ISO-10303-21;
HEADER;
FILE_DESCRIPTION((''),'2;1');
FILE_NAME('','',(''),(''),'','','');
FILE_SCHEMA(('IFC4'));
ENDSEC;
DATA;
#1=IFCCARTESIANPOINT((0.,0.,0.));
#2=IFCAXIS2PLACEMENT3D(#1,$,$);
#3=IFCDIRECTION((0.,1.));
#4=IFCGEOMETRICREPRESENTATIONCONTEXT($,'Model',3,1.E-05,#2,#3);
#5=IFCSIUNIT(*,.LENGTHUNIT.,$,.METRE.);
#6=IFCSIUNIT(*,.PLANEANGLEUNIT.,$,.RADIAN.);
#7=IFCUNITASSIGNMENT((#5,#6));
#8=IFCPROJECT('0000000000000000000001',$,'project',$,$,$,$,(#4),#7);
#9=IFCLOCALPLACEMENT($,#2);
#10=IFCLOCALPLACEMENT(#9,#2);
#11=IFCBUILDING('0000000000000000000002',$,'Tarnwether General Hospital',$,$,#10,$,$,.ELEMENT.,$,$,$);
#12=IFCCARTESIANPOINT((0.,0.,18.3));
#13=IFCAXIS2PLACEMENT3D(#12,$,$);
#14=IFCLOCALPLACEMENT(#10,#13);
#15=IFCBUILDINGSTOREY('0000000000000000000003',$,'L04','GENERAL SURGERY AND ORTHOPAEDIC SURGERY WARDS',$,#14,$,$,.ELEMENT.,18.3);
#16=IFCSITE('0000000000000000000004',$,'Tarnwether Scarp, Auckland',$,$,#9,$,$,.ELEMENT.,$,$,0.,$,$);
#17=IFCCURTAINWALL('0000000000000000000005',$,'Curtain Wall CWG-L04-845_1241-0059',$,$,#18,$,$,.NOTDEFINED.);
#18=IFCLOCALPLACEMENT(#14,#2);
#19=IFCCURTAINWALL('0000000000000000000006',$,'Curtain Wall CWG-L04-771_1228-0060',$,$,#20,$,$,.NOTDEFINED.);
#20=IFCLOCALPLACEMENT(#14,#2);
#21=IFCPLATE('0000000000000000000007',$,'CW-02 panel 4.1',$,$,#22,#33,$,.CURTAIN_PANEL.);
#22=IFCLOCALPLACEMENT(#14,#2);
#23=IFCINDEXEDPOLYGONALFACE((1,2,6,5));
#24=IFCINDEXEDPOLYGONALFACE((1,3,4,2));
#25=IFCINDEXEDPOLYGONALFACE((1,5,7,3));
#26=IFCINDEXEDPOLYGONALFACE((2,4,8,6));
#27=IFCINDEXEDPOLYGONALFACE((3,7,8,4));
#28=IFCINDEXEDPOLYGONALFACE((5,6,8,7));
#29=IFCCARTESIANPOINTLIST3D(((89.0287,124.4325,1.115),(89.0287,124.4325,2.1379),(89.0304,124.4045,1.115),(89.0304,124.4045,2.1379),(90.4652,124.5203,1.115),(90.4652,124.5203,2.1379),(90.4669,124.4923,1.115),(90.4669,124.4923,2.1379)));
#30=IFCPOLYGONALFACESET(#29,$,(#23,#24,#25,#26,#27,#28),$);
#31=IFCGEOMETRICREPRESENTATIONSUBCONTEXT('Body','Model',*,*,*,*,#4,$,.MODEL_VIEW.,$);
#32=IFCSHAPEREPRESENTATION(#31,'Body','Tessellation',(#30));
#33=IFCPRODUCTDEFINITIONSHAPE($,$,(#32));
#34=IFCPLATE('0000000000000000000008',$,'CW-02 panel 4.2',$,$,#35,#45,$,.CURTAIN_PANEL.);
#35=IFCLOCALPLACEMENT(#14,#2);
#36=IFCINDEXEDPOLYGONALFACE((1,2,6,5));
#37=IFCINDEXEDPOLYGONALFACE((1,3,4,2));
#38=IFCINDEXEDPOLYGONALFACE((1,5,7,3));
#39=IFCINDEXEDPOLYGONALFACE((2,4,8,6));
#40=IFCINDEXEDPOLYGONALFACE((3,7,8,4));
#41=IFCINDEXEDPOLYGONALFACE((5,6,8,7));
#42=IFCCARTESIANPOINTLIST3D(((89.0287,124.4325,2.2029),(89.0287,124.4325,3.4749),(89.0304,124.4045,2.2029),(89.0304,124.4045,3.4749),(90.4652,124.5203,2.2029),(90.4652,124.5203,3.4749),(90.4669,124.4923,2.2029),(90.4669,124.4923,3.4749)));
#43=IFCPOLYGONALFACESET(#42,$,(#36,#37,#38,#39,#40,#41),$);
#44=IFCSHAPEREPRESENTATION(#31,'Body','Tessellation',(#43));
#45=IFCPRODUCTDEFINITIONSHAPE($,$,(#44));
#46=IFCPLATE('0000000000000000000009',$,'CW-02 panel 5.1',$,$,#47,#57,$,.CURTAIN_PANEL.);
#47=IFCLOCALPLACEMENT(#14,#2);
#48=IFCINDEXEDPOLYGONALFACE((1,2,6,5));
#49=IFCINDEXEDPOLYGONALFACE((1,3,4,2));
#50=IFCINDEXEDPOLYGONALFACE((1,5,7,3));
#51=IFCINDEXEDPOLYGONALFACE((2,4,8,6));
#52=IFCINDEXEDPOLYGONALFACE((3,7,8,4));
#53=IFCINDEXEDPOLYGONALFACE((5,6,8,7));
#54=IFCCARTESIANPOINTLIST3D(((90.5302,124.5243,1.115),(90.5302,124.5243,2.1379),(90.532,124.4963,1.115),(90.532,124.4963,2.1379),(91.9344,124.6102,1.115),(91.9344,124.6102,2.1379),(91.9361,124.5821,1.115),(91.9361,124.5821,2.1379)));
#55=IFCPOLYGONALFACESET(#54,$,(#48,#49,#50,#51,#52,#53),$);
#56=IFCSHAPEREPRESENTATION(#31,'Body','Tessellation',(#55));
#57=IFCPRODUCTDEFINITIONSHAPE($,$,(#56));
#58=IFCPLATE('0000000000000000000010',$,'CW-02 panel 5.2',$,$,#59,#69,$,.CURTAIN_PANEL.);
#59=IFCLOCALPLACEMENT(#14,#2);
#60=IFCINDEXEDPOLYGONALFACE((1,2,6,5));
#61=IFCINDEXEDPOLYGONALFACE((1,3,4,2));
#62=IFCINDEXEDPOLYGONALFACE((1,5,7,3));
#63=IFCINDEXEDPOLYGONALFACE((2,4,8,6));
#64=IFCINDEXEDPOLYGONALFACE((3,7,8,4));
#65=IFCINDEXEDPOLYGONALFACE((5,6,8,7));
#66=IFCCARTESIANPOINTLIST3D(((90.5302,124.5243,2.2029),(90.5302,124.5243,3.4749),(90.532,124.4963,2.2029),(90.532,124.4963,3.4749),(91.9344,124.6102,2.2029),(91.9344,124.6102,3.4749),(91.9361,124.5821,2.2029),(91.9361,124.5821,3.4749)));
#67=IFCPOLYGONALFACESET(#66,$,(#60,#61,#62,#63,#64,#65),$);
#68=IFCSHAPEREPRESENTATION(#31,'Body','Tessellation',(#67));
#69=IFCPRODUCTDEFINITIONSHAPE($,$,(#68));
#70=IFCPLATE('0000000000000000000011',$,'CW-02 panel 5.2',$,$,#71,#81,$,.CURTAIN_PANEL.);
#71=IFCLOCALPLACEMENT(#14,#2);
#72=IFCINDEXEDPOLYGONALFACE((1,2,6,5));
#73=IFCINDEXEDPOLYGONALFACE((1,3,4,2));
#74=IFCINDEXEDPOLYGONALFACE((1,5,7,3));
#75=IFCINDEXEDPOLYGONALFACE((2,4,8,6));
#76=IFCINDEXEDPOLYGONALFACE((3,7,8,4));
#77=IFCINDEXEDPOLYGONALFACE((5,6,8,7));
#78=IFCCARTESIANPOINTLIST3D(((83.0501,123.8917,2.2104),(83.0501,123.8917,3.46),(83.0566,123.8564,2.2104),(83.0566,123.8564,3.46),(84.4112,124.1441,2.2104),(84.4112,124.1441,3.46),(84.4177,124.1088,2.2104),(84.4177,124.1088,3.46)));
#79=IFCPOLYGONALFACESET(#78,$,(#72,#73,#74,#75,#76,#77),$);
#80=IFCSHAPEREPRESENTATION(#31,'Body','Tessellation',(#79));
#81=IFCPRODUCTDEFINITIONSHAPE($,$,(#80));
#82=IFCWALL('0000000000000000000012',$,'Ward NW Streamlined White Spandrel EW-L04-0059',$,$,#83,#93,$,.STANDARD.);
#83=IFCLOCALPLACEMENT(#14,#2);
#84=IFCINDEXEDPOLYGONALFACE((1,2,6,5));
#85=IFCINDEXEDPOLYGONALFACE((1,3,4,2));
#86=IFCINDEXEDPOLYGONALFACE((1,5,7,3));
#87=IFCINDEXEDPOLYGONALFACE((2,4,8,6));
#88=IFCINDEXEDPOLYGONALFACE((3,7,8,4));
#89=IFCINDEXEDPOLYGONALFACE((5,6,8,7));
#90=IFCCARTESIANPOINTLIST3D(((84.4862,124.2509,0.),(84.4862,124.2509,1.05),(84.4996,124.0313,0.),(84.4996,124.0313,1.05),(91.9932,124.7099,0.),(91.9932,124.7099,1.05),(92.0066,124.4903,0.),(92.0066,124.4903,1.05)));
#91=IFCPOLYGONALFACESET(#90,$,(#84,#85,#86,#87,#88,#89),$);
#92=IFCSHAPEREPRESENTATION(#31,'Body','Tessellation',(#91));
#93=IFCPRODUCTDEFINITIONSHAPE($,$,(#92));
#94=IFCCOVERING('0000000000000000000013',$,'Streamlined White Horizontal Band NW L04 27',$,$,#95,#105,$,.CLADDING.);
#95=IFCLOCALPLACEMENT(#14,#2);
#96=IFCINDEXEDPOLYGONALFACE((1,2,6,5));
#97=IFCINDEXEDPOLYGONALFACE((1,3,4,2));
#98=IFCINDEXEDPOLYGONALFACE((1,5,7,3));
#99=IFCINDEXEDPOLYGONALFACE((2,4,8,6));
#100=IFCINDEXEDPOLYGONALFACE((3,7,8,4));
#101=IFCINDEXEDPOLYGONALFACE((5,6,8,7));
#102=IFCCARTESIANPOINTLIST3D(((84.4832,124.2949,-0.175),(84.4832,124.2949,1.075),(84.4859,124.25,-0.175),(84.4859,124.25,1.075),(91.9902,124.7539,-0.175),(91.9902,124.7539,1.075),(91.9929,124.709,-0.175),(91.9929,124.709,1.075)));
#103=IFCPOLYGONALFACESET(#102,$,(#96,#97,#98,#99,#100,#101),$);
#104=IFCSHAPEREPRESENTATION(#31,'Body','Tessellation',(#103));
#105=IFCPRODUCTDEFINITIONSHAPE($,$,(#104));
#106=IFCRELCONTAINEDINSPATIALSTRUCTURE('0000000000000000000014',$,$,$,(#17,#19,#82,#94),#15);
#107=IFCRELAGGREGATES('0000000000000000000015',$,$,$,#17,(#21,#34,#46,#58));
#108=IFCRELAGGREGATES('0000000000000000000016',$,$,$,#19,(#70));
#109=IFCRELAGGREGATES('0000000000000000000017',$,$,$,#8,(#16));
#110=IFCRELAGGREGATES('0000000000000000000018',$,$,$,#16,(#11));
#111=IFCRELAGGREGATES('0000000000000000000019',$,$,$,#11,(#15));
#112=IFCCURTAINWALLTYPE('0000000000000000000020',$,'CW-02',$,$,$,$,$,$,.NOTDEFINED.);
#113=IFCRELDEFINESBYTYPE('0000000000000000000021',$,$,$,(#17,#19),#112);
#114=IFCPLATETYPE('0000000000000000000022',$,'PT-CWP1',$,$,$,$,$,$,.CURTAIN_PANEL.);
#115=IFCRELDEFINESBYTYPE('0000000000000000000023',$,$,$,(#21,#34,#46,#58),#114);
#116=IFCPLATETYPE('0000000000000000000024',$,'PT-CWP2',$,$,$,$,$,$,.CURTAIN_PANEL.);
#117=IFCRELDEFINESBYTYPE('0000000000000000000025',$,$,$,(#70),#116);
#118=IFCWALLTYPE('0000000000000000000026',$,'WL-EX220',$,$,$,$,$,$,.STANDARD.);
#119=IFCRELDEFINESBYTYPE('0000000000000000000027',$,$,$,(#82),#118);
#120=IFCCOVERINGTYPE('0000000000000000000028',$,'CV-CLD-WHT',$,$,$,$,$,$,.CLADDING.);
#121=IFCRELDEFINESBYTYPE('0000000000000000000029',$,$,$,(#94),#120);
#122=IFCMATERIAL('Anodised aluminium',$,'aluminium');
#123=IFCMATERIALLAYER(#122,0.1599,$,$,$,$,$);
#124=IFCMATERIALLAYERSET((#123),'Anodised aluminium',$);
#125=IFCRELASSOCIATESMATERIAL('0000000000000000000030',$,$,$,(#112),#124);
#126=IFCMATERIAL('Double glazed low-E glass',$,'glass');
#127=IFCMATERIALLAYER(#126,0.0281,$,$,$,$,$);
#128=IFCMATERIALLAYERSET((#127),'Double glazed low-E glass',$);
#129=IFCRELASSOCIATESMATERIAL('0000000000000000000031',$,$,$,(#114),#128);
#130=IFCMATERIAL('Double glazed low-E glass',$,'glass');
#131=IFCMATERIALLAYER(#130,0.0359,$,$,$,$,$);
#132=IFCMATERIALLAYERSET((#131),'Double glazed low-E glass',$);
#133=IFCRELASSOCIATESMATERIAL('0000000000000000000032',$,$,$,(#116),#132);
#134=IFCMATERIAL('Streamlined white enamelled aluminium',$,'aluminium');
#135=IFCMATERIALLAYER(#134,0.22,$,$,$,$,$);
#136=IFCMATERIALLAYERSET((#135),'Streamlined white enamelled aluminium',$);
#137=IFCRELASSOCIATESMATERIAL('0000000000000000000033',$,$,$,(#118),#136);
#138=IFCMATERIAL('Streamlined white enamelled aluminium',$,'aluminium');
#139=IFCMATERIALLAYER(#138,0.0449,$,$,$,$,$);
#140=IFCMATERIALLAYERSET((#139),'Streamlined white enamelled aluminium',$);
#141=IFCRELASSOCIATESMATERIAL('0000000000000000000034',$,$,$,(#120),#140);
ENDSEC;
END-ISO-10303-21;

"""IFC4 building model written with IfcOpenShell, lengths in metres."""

from ifc_helpers import new_model, si_unit, direction, frame, frame_2d, origin, origin_2d, place, context, subcontext, project, spatial, rectangle, extrude, material, layer, layer_set, type_object, element, aggregate, save


model = new_model("IFC4")

# Units and contexts
model_context = context("Model", 3, precision=1e-05, world=origin(), true_north=direction((0.0, 1.0)))
body_context = subcontext(model_context, "Body", "Model", "MODEL_VIEW")
ifc_project = project(units=[si_unit("LENGTHUNIT", "METRE"), si_unit("PLANEANGLEUNIT", "RADIAN")], contexts=[model_context])

# Site, building, storey
site_placement = place(None, origin())
site = spatial("IfcSite", under=ifc_project, at=site_placement, Name="Tarnwether Scarp, Auckland", CompositionType="ELEMENT", RefElevation=0.0)
building_placement = place(site_placement, origin())
building = spatial("IfcBuilding", under=site, at=building_placement, Name="Tarnwether General Hospital", CompositionType="ELEMENT")
storey_placement = place(building_placement, frame((0.0, 0.0, 18.3)))
storey = spatial("IfcBuildingStorey", under=building, at=storey_placement, Name="L04", Description="GENERAL SURGERY AND ORTHOPAEDIC SURGERY WARDS", CompositionType="ELEMENT", Elevation=18.3)

# Curtain wall
ifc_material_1 = material(Name="Anodised aluminium", Category="aluminium")
ifc_layer_1 = layer(ifc_material_1, 0.1599)
ifc_layer_set_1 = layer_set([ifc_layer_1], Name="Anodised aluminium")
curtain_wall_type = type_object("IfcCurtainWallType", Name="CW-02", PredefinedType="NOTDEFINED", material=ifc_layer_set_1)
curtain_wall_1_placement = place(storey_placement, origin())
curtain_wall_1 = element("IfcCurtainWall", 1, at=curtain_wall_1_placement, inside=storey, type_object=curtain_wall_type, Name="Curtain Wall CWG-L04-845_1241-0059", PredefinedType="NOTDEFINED")

# Curtain wall
curtain_wall_2_placement = place(storey_placement, origin())
curtain_wall_2 = element("IfcCurtainWall", 2, at=curtain_wall_2_placement, inside=storey, type_object=curtain_wall_type, Name="Curtain Wall CWG-L04-771_1228-0060", PredefinedType="NOTDEFINED")

# Plates
ifc_material_2 = material(Name="Double glazed low-E glass", Category="glass")
ifc_layer_2 = layer(ifc_material_2, 0.0281)
ifc_layer_set_2 = layer_set([ifc_layer_2], Name="Double glazed low-E glass")
plate_type_1 = type_object("IfcPlateType", Name="PT-CWP1", PredefinedType="CURTAIN_PANEL", material=ifc_layer_set_2)
plate_1_placement = place(storey_placement, frame((89.7478, 124.4624, 1.115), z_axis=(0.0, 0.0, 1.0), x_axis=(0.998136, 0.061029, 0.0)))
plate_1 = element("IfcPlate", 3, at=plate_1_placement, type_object=plate_type_1, Name="CW-02 panel 4.1", PredefinedType="CURTAIN_PANEL", context=body_context, shape_type="SweptSolid", body=[
    extrude(rectangle(XDim=1.4392, YDim=0.0281, at=origin_2d()), origin(), (0.0, 0.0, 1.0), 1.0229),
])
plate_2_placement = place(storey_placement, frame((89.7478, 124.4624, 2.2029), z_axis=(0.0, 0.0, 1.0), x_axis=(0.998136, 0.061029, 0.0)))
plate_2 = element("IfcPlate", 4, at=plate_2_placement, type_object=plate_type_1, Name="CW-02 panel 4.2", PredefinedType="CURTAIN_PANEL", context=body_context, shape_type="SweptSolid", body=[
    extrude(rectangle(XDim=1.4392, YDim=0.0281, at=origin_2d()), origin(), (0.0, 0.0, 1.0), 1.272),
])
plate_3_placement = place(storey_placement, frame((91.2332, 124.5532, 1.115), z_axis=(0.0, 0.0, 1.0), x_axis=(0.998136, 0.061029, 0.0)))
plate_3 = element("IfcPlate", 5, at=plate_3_placement, type_object=plate_type_1, Name="CW-02 panel 5.1", PredefinedType="CURTAIN_PANEL", context=body_context, shape_type="SweptSolid", body=[
    extrude(rectangle(XDim=1.4067, YDim=0.0281, at=origin_2d()), origin(), (0.0, 0.0, 1.0), 1.0229),
])
plate_4_placement = place(storey_placement, frame((91.2332, 124.5532, 2.2029), z_axis=(0.0, 0.0, 1.0), x_axis=(0.998136, 0.061029, 0.0)))
plate_4 = element("IfcPlate", 6, at=plate_4_placement, type_object=plate_type_1, Name="CW-02 panel 5.2", PredefinedType="CURTAIN_PANEL", context=body_context, shape_type="SweptSolid", body=[
    extrude(rectangle(XDim=1.4067, YDim=0.0281, at=origin_2d()), origin(), (0.0, 0.0, 1.0), 1.272),
])
aggregate(curtain_wall_1, [plate_1, plate_2, plate_3, plate_4])
ifc_material_3 = material(Name="Double glazed low-E glass", Category="glass")
ifc_layer_3 = layer(ifc_material_3, 0.0359)
ifc_layer_set_3 = layer_set([ifc_layer_3], Name="Double glazed low-E glass")
plate_type_2 = type_object("IfcPlateType", Name="PT-CWP2", PredefinedType="CURTAIN_PANEL", material=ifc_layer_set_3)
plate_5_placement = place(storey_placement, frame((83.7339, 124.0002, 2.2104), z_axis=(0.0, 0.0, 1.0), x_axis=(0.983245, 0.182289, 0.0)))
plate_5 = element("IfcPlate", 7, at=plate_5_placement, type_object=plate_type_2, Name="CW-02 panel 5.2", PredefinedType="CURTAIN_PANEL", context=body_context, shape_type="SweptSolid", body=[
    extrude(rectangle(XDim=1.3843, YDim=0.0359, at=origin_2d()), origin(), (0.0, 0.0, 1.0), 1.2495),
])
aggregate(curtain_wall_2, [plate_5])

# Wall
ifc_material_4 = material(Name="Streamlined white enamelled aluminium", Category="aluminium")
ifc_layer_4 = layer(ifc_material_4, 0.22)
ifc_layer_set_4 = layer_set([ifc_layer_4], Name="Streamlined white enamelled aluminium")
wall_type = type_object("IfcWallType", Name="WL-EX220", PredefinedType="STANDARD", material=ifc_layer_set_4)
wall_placement = place(storey_placement, frame((84.4929, 124.1411, 0.0), z_axis=(0.0, 0.0, 1.0), x_axis=(0.998136, 0.061026, 0.0)))
element("IfcWall", 8, at=wall_placement, inside=storey, type_object=wall_type, Name="Ward NW Streamlined White Spandrel EW-L04-0059", PredefinedType="STANDARD", context=body_context, shape_type="SweptSolid", body=[
    extrude(rectangle(XDim=7.521, YDim=0.22, at=frame_2d((3.7605, 0.0))), origin(), (0.0, 0.0, 1.0), 1.05),
])

# Covering
ifc_material_5 = material(Name="Streamlined white enamelled aluminium", Category="aluminium")
ifc_layer_5 = layer(ifc_material_5, 0.0449)
ifc_layer_set_5 = layer_set([ifc_layer_5], Name="Streamlined white enamelled aluminium")
covering_type = type_object("IfcCoveringType", Name="CV-CLD-WHT", PredefinedType="CLADDING", material=ifc_layer_set_5)
covering_placement = place(storey_placement, frame((88.238, 124.502, -0.175), z_axis=(0.0, 0.0, 1.0), x_axis=(0.998136, 0.061031, 0.0)))
element("IfcCovering", 9, at=covering_placement, inside=storey, type_object=covering_type, Name="Streamlined White Horizontal Band NW L04 27", PredefinedType="CLADDING", context=body_context, shape_type="SweptSolid", body=[
    extrude(rectangle(XDim=7.521, YDim=0.0449, at=origin_2d()), origin(), (0.0, 0.0, 1.0), 1.25),
])

save(model, "model.ifc")
